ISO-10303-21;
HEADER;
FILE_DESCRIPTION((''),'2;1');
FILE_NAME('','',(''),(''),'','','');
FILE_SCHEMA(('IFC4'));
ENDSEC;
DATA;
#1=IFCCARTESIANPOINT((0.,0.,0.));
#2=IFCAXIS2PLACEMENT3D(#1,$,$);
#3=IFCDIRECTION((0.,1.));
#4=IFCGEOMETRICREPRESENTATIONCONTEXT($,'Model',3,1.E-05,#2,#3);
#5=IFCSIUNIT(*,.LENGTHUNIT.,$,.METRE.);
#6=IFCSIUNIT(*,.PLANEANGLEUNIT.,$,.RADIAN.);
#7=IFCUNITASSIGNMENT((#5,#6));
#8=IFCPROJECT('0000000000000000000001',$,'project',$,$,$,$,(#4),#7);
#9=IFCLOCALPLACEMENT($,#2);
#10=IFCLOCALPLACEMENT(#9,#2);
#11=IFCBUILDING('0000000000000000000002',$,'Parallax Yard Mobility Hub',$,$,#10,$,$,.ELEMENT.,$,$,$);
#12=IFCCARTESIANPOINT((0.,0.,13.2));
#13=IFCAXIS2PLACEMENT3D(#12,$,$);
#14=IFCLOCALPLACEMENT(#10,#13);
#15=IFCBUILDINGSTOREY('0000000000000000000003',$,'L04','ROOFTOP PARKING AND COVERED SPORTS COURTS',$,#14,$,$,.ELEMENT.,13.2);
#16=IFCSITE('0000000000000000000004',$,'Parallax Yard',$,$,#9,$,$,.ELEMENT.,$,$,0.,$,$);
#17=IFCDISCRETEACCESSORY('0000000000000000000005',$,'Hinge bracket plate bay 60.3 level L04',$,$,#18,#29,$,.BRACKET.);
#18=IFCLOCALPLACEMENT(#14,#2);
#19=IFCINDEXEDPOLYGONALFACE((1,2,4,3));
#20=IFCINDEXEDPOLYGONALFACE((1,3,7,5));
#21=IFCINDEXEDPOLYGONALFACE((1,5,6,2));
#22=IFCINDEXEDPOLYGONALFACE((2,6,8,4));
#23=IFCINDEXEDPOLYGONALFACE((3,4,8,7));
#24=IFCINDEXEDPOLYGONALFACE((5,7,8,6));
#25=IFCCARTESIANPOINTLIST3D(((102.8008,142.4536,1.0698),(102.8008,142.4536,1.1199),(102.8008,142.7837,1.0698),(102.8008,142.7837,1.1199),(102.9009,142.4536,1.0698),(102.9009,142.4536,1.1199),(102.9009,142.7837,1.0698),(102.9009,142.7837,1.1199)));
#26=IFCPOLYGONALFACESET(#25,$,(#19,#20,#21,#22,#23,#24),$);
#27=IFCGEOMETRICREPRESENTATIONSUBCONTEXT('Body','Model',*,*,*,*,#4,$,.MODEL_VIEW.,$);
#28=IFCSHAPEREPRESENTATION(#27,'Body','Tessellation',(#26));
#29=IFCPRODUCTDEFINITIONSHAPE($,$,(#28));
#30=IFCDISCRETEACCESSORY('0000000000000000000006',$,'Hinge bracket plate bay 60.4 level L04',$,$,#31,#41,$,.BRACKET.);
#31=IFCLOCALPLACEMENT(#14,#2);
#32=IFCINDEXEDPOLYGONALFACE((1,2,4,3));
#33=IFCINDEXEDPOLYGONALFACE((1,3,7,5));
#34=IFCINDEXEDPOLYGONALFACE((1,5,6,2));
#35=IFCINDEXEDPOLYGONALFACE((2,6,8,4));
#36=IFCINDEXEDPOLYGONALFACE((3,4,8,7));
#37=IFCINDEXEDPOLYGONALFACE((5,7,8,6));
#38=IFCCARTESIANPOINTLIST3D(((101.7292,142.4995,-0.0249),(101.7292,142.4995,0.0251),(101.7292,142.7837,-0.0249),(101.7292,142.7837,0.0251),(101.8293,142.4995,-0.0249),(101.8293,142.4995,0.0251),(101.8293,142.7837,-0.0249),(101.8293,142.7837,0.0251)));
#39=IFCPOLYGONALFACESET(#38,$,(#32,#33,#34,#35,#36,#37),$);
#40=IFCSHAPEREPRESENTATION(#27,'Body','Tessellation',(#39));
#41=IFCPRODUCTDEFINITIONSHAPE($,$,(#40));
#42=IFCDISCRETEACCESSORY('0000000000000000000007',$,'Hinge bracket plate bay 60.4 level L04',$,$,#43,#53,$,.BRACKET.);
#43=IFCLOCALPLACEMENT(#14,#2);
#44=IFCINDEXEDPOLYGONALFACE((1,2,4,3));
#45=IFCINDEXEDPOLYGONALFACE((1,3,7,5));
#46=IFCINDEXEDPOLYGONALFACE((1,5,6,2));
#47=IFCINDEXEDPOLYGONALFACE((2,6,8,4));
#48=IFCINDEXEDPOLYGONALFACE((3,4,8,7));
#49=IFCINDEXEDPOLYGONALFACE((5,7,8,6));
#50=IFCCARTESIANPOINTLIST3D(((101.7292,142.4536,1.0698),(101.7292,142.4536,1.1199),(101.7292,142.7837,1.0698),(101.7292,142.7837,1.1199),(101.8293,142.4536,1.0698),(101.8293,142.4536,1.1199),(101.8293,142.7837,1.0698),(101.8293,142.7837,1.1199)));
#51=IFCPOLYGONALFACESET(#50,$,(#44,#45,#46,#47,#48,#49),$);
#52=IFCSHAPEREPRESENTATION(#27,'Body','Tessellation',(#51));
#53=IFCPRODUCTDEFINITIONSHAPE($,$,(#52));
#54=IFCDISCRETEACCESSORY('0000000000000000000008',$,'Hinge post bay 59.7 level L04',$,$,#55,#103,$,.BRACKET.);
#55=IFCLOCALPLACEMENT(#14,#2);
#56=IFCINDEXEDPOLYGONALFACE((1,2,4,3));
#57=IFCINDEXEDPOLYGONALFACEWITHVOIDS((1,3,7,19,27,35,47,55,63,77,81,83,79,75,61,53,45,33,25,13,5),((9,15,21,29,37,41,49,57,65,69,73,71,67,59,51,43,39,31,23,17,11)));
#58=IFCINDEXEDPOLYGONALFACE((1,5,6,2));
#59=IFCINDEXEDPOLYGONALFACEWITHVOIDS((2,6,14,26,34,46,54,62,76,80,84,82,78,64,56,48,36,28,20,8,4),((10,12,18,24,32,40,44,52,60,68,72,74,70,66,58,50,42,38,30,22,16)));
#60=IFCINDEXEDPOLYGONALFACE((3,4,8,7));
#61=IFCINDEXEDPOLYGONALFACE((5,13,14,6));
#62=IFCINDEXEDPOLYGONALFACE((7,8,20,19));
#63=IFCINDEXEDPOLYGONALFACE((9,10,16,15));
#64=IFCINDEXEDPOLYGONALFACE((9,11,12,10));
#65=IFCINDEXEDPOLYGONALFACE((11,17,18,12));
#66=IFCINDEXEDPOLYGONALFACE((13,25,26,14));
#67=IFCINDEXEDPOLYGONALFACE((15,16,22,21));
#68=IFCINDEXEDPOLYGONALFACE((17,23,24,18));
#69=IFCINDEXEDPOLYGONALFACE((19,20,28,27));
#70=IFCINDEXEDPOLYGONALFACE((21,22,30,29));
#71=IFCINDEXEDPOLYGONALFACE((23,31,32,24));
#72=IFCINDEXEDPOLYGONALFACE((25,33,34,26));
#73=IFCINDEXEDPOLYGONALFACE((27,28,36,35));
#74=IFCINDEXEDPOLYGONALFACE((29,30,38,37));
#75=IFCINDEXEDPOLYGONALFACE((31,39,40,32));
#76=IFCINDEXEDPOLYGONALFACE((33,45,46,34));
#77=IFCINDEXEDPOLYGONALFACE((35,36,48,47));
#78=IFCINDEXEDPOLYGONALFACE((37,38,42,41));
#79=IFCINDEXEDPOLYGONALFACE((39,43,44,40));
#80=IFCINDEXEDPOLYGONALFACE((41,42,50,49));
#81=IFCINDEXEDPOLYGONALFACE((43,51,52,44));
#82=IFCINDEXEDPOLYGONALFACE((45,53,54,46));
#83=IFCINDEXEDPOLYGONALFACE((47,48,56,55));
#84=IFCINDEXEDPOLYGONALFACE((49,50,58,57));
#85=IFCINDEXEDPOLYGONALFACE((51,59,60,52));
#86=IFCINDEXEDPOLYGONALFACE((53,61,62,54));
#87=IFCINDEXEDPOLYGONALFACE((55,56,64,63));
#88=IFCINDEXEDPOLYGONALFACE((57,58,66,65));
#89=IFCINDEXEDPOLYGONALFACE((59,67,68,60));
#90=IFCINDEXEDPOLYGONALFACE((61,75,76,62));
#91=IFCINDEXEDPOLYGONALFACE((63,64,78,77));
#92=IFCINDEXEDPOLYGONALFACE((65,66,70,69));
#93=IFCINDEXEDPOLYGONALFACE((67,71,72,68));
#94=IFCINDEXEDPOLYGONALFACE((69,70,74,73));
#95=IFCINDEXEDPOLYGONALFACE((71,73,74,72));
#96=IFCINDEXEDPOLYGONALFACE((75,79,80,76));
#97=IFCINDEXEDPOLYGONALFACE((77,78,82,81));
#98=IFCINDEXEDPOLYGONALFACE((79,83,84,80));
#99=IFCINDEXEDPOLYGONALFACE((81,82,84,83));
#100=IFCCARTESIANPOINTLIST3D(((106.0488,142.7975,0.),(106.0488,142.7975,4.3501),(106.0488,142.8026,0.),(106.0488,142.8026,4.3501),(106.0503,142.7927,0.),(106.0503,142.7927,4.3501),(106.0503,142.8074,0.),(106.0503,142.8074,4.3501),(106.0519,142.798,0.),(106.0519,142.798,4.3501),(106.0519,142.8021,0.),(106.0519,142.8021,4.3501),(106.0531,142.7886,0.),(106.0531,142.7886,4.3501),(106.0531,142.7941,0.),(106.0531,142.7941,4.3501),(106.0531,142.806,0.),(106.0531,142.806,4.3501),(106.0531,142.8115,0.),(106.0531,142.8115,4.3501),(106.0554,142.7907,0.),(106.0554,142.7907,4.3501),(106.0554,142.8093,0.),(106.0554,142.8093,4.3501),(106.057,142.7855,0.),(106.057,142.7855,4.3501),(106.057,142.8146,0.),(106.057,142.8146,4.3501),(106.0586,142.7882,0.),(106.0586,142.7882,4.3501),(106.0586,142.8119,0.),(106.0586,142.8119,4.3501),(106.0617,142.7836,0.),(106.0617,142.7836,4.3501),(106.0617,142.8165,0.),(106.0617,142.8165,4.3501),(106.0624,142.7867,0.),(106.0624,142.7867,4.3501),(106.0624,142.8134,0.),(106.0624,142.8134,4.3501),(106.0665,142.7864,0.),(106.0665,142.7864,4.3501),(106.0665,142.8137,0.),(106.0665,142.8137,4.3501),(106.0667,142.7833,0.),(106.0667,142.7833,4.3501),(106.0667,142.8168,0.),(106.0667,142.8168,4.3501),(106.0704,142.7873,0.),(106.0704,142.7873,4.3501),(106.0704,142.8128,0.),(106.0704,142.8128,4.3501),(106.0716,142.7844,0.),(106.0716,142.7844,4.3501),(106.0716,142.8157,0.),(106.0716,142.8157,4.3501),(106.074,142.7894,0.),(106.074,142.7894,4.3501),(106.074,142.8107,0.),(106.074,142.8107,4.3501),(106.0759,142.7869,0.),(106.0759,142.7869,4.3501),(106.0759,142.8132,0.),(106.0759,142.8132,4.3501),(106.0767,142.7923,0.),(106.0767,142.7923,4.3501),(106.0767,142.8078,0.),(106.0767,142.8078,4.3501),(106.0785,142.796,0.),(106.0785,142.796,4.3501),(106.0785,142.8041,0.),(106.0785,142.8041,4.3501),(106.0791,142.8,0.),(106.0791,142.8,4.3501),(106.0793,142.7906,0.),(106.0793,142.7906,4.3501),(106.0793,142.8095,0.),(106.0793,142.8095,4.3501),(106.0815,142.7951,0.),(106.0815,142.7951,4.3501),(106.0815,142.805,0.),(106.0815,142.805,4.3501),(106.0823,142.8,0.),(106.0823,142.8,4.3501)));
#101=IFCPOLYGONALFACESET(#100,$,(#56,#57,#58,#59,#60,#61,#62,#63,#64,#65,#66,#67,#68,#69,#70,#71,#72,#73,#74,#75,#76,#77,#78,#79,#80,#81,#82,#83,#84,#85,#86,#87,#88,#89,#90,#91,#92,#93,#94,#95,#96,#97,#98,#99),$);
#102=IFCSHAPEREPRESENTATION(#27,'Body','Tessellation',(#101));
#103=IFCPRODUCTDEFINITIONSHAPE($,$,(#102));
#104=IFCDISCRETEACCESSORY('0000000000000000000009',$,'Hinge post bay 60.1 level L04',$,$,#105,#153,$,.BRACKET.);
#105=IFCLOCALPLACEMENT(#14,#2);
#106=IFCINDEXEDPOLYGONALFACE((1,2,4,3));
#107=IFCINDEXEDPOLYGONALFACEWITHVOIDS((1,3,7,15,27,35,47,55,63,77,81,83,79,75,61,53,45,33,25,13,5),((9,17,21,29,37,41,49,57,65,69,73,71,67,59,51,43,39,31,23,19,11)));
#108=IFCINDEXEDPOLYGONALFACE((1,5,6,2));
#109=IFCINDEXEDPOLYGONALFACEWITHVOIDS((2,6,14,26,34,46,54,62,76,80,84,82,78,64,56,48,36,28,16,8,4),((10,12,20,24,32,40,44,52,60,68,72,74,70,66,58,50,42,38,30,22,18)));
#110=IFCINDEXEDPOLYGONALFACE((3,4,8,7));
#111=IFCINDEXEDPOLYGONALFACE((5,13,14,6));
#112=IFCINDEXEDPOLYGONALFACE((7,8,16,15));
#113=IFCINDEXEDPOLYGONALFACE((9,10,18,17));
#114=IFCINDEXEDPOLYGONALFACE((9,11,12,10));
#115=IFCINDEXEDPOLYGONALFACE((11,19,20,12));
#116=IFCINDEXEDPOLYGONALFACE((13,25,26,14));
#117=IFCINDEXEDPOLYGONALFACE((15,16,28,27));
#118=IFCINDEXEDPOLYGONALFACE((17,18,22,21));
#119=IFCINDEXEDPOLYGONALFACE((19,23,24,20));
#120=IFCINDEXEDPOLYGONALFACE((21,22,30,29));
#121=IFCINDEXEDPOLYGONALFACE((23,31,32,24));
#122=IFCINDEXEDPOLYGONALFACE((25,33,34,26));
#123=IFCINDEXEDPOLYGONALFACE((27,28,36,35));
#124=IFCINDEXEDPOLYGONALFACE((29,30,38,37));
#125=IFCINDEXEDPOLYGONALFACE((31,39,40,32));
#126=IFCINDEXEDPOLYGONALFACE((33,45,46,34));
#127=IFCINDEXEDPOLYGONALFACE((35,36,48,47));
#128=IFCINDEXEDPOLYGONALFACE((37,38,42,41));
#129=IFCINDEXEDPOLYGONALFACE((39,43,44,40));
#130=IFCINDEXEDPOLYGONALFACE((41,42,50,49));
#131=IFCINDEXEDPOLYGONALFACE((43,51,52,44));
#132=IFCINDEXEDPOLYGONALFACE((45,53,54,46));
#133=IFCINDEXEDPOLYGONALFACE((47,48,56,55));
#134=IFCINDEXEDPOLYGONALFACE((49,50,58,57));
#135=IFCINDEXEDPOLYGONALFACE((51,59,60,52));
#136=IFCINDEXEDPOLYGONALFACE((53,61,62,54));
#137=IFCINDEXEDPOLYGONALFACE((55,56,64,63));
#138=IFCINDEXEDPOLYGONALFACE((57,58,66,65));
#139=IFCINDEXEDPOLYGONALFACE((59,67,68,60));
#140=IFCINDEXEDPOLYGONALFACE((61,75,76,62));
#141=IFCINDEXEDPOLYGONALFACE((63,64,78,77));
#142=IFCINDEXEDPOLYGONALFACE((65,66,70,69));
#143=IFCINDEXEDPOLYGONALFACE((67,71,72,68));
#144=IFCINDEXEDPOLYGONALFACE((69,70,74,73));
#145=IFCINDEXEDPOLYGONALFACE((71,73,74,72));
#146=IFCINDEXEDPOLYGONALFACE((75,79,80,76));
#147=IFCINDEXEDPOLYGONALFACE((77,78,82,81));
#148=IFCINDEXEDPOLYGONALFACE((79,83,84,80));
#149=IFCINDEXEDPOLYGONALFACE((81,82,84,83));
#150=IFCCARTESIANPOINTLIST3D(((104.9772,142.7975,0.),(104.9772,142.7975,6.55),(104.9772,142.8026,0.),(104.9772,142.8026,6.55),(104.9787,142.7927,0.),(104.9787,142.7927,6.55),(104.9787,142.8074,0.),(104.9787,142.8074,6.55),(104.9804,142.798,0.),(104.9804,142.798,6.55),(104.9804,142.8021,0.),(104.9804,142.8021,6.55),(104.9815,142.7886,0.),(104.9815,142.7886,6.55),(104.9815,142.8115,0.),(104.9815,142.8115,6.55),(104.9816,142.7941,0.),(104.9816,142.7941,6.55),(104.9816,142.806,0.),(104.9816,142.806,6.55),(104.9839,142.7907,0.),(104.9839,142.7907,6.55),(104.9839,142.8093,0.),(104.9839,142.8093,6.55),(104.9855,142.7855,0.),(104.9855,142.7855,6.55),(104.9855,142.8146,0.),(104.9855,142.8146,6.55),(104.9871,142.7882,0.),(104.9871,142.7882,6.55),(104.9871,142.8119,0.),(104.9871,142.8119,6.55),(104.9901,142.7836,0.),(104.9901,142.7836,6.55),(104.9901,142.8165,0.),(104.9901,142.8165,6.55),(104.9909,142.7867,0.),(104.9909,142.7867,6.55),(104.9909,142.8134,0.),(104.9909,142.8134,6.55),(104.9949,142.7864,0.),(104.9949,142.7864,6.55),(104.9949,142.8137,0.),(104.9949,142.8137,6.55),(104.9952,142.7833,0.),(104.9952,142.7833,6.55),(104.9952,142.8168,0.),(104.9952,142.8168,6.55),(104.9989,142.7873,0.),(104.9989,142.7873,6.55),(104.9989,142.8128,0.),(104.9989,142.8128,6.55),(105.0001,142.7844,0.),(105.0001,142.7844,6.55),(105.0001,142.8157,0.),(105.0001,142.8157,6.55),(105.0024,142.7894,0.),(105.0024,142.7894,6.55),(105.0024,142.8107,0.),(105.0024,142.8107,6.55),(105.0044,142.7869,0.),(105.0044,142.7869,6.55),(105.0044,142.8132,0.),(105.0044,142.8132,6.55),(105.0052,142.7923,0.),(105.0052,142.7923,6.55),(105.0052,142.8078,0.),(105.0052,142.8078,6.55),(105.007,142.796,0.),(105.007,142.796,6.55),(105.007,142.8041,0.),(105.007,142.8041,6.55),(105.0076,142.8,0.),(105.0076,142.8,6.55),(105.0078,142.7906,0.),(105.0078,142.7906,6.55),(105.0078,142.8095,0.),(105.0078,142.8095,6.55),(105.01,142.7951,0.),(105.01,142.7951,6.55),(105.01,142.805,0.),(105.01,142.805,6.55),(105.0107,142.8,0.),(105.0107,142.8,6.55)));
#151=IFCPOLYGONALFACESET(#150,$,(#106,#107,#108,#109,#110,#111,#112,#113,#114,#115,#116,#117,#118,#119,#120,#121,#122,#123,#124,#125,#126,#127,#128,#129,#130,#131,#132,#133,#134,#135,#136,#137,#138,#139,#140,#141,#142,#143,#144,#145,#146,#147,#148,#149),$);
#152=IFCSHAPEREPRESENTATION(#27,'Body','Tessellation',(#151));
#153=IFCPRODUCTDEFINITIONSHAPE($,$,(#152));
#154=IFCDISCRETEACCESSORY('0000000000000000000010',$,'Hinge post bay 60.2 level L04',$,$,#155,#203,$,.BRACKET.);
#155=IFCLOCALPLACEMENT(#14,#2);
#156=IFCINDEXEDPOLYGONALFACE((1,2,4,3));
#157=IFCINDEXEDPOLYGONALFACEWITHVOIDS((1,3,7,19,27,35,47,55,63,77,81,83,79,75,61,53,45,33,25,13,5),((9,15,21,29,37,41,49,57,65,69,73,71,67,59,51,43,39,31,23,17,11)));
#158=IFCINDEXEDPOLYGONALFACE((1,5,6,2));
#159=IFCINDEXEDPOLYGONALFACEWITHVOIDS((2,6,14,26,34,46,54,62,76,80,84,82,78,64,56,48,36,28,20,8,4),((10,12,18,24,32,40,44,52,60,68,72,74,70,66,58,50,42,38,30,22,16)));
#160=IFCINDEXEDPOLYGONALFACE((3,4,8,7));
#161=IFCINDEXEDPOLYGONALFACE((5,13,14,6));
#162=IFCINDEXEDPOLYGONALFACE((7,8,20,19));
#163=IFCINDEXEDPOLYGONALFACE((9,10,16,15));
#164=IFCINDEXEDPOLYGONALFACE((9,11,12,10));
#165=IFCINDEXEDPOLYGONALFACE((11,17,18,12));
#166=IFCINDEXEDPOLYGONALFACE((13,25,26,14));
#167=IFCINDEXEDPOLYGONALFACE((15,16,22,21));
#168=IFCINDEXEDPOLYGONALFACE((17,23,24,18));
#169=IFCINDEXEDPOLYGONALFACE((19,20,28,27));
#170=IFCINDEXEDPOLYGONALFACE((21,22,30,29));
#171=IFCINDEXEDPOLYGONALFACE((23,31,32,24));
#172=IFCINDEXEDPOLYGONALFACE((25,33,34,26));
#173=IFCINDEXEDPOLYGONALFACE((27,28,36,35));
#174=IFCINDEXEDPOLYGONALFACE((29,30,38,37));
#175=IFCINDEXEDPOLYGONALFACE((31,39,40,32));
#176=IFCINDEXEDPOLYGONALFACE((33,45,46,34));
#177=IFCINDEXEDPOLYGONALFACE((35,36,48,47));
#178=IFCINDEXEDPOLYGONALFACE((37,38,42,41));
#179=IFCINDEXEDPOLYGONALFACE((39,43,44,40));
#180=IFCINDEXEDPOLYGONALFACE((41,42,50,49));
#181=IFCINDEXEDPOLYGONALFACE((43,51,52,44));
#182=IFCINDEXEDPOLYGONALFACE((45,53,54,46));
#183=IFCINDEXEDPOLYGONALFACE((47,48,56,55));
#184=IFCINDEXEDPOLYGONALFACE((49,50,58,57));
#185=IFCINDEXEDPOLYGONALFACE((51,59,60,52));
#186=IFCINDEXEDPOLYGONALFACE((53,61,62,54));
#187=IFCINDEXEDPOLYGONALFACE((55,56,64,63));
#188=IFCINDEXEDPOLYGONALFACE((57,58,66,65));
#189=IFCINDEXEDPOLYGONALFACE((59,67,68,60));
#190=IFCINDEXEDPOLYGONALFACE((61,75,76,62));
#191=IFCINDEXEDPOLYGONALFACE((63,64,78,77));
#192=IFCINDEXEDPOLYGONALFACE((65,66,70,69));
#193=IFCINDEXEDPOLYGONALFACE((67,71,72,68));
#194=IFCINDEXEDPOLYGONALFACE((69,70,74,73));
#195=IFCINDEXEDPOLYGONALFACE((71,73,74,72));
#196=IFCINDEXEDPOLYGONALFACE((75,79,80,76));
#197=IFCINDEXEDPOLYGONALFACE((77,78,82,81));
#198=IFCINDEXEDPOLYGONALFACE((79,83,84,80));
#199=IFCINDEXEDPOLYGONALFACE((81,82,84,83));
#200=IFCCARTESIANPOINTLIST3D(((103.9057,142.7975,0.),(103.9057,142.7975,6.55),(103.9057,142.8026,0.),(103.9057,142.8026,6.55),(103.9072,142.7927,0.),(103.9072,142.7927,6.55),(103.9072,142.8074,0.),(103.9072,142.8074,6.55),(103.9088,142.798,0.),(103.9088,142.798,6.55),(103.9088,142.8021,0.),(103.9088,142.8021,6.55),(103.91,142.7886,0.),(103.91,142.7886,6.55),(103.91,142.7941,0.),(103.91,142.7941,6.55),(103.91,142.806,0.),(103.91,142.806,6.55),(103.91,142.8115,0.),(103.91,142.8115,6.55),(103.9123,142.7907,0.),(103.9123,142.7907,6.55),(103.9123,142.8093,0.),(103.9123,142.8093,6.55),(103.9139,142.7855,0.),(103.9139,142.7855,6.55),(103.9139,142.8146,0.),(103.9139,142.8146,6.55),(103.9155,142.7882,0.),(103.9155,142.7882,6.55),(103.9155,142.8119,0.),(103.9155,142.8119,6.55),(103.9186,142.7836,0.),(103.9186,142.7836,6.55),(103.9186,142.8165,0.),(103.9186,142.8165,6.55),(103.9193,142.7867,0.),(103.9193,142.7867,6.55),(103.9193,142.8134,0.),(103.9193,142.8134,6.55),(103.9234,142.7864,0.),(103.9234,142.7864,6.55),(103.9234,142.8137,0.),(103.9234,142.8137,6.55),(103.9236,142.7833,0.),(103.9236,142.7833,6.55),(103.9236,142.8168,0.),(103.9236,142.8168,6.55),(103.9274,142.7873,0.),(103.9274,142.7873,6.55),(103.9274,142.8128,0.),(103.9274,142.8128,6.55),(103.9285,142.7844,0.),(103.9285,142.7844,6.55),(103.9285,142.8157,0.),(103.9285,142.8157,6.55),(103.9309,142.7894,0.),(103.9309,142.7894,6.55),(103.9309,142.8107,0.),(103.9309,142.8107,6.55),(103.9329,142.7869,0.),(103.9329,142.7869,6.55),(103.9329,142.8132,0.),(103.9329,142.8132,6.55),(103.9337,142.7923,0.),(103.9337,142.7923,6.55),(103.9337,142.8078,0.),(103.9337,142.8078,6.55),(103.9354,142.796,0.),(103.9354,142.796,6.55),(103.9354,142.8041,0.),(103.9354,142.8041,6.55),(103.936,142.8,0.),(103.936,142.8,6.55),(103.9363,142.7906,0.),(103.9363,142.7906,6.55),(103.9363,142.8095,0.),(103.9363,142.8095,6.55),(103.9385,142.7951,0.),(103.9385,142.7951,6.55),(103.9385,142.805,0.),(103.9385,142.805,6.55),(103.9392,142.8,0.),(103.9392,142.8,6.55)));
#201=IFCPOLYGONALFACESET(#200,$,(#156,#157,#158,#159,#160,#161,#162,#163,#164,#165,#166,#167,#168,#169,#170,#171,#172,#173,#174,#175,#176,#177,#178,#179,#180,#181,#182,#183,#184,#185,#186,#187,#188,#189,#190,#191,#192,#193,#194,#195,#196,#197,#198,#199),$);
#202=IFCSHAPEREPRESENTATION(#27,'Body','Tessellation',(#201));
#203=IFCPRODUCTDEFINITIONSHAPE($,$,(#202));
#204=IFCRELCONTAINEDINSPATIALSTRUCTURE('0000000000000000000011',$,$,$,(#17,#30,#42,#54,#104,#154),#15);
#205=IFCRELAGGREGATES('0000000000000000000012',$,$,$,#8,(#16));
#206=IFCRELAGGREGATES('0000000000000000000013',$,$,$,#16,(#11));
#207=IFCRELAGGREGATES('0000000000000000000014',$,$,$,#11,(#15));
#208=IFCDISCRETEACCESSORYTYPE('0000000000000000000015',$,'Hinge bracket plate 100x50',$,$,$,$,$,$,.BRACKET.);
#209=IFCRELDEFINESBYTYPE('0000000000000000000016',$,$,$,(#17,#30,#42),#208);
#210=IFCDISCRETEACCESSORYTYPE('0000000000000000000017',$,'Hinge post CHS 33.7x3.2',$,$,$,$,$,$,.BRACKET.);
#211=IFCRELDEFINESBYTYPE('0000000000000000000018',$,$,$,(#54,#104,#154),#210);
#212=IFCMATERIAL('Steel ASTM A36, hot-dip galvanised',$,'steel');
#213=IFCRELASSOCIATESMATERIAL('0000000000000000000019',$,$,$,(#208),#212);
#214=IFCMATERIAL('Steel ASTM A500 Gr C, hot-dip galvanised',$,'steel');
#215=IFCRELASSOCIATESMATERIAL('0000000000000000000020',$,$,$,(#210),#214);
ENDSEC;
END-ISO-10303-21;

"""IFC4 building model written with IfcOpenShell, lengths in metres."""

from ifc_helpers import new_model, si_unit, direction, frame, origin, origin_2d, place, context, subcontext, project, spatial, rectangle, hollow_circle, extrude, material, material_profile, profile_set, type_object, element, save


model = new_model("IFC4")

# Units and contexts
model_context = context("Model", 3, precision=1e-05, world=origin(), true_north=direction((0.0, 1.0)))
body_context = subcontext(model_context, "Body", "Model", "MODEL_VIEW")
ifc_project = project(units=[si_unit("LENGTHUNIT", "METRE"), si_unit("PLANEANGLEUNIT", "RADIAN")], contexts=[model_context])

# Site, building, storey
site_placement = place(None, origin())
site = spatial("IfcSite", under=ifc_project, at=site_placement, Name="Parallax Yard", CompositionType="ELEMENT", RefElevation=0.0)
building_placement = place(site_placement, origin())
building = spatial("IfcBuilding", under=site, at=building_placement, Name="Parallax Yard Mobility Hub", CompositionType="ELEMENT")
storey_placement = place(building_placement, frame((0.0, 0.0, 13.2)))
storey = spatial("IfcBuildingStorey", under=building, at=storey_placement, Name="L04", Description="ROOFTOP PARKING AND COVERED SPORTS COURTS", CompositionType="ELEMENT", Elevation=13.2)

# Discrete accessories
ifc_material_1 = material(Name="Steel ASTM A36, hot-dip galvanised", Category="steel")
discrete_accessory_type_1 = type_object("IfcDiscreteAccessoryType", Name="Hinge bracket plate 100x50", PredefinedType="BRACKET", material=ifc_material_1)
discrete_accessory_1_placement = place(storey_placement, frame((102.8508, 142.6187, 1.0698), z_axis=(0.0, 0.0, 1.0), x_axis=(0.0, 1.0, 0.0)))
element("IfcDiscreteAccessory", 1, at=discrete_accessory_1_placement, inside=storey, type_object=discrete_accessory_type_1, Name="Hinge bracket plate bay 60.3 level L04", PredefinedType="BRACKET", context=body_context, shape_type="SweptSolid", body=[
    extrude(rectangle(XDim=0.3301, YDim=0.1001, at=origin_2d()), origin(), (0.0, 0.0, 1.0), 0.05),
])
discrete_accessory_2_placement = place(storey_placement, frame((101.7793, 142.6416, -0.0249), z_axis=(0.0, 0.0, 1.0), x_axis=(0.0, 1.0, 0.0)))
element("IfcDiscreteAccessory", 2, at=discrete_accessory_2_placement, inside=storey, type_object=discrete_accessory_type_1, Name="Hinge bracket plate bay 60.4 level L04", PredefinedType="BRACKET", context=body_context, shape_type="SweptSolid", body=[
    extrude(rectangle(XDim=0.2842, YDim=0.1001, at=origin_2d()), origin(), (0.0, 0.0, 1.0), 0.05),
])
discrete_accessory_3_placement = place(storey_placement, frame((101.7793, 142.6187, 1.0698), z_axis=(0.0, 0.0, 1.0), x_axis=(0.0, 1.0, 0.0)))
element("IfcDiscreteAccessory", 3, at=discrete_accessory_3_placement, inside=storey, type_object=discrete_accessory_type_1, Name="Hinge bracket plate bay 60.4 level L04", PredefinedType="BRACKET", context=body_context, shape_type="SweptSolid", body=[
    extrude(rectangle(XDim=0.3301, YDim=0.1001, at=origin_2d()), origin(), (0.0, 0.0, 1.0), 0.05),
])
ifc_material_2 = material(Name="Steel ASTM A500 Gr C, hot-dip galvanised", Category="steel")
ifc_material_profile_1 = material_profile(ifc_material_2, hollow_circle(Radius=0.0168, WallThickness=0.0032, at=origin_2d()), Name="CHS 33.7x3.2")
ifc_profile_set_1 = profile_set([ifc_material_profile_1], Name="Steel ASTM A500 Gr C, hot-dip galvanised")
discrete_accessory_type_2 = type_object("IfcDiscreteAccessoryType", Name="Hinge post CHS 33.7x3.2", PredefinedType="BRACKET", material=ifc_profile_set_1)
discrete_accessory_4_placement = place(storey_placement, frame((106.0654, 142.8, 0.0), z_axis=(0.0, 0.0, 1.0), x_axis=(1.0, 0.0, 0.0)))
element("IfcDiscreteAccessory", 4, at=discrete_accessory_4_placement, inside=storey, type_object=discrete_accessory_type_2, Name="Hinge post bay 59.7 level L04", PredefinedType="BRACKET", context=body_context, shape_type="SweptSolid", body=[
    extrude(hollow_circle(Radius=0.0168, WallThickness=0.0032, at=origin_2d()), origin(), (0.0, 0.0, 1.0), 4.3501),
])
for number, where, z_axis, x_axis, name in (
    (5, (104.9939, 142.8, 0.0), (0.0, 0.0, 1.0), (1.0, 0.0, 0.0), "Hinge post bay 60.1 level L04"),
    (6, (103.9224, 142.8, 0.0), (0.0, 0.0, 1.0), (1.0, 0.0, 0.0), "Hinge post bay 60.2 level L04"),
):
    element("IfcDiscreteAccessory", number, at=place(storey_placement, frame(where, z_axis=z_axis, x_axis=x_axis)), inside=storey, type_object=discrete_accessory_type_2, Name=name, PredefinedType="BRACKET", context=body_context, shape_type="SweptSolid", body=[
        extrude(hollow_circle(Radius=0.0168, WallThickness=0.0032, at=origin_2d()), origin(), (0.0, 0.0, 1.0), 6.55),
    ])

save(model, "model.ifc")
